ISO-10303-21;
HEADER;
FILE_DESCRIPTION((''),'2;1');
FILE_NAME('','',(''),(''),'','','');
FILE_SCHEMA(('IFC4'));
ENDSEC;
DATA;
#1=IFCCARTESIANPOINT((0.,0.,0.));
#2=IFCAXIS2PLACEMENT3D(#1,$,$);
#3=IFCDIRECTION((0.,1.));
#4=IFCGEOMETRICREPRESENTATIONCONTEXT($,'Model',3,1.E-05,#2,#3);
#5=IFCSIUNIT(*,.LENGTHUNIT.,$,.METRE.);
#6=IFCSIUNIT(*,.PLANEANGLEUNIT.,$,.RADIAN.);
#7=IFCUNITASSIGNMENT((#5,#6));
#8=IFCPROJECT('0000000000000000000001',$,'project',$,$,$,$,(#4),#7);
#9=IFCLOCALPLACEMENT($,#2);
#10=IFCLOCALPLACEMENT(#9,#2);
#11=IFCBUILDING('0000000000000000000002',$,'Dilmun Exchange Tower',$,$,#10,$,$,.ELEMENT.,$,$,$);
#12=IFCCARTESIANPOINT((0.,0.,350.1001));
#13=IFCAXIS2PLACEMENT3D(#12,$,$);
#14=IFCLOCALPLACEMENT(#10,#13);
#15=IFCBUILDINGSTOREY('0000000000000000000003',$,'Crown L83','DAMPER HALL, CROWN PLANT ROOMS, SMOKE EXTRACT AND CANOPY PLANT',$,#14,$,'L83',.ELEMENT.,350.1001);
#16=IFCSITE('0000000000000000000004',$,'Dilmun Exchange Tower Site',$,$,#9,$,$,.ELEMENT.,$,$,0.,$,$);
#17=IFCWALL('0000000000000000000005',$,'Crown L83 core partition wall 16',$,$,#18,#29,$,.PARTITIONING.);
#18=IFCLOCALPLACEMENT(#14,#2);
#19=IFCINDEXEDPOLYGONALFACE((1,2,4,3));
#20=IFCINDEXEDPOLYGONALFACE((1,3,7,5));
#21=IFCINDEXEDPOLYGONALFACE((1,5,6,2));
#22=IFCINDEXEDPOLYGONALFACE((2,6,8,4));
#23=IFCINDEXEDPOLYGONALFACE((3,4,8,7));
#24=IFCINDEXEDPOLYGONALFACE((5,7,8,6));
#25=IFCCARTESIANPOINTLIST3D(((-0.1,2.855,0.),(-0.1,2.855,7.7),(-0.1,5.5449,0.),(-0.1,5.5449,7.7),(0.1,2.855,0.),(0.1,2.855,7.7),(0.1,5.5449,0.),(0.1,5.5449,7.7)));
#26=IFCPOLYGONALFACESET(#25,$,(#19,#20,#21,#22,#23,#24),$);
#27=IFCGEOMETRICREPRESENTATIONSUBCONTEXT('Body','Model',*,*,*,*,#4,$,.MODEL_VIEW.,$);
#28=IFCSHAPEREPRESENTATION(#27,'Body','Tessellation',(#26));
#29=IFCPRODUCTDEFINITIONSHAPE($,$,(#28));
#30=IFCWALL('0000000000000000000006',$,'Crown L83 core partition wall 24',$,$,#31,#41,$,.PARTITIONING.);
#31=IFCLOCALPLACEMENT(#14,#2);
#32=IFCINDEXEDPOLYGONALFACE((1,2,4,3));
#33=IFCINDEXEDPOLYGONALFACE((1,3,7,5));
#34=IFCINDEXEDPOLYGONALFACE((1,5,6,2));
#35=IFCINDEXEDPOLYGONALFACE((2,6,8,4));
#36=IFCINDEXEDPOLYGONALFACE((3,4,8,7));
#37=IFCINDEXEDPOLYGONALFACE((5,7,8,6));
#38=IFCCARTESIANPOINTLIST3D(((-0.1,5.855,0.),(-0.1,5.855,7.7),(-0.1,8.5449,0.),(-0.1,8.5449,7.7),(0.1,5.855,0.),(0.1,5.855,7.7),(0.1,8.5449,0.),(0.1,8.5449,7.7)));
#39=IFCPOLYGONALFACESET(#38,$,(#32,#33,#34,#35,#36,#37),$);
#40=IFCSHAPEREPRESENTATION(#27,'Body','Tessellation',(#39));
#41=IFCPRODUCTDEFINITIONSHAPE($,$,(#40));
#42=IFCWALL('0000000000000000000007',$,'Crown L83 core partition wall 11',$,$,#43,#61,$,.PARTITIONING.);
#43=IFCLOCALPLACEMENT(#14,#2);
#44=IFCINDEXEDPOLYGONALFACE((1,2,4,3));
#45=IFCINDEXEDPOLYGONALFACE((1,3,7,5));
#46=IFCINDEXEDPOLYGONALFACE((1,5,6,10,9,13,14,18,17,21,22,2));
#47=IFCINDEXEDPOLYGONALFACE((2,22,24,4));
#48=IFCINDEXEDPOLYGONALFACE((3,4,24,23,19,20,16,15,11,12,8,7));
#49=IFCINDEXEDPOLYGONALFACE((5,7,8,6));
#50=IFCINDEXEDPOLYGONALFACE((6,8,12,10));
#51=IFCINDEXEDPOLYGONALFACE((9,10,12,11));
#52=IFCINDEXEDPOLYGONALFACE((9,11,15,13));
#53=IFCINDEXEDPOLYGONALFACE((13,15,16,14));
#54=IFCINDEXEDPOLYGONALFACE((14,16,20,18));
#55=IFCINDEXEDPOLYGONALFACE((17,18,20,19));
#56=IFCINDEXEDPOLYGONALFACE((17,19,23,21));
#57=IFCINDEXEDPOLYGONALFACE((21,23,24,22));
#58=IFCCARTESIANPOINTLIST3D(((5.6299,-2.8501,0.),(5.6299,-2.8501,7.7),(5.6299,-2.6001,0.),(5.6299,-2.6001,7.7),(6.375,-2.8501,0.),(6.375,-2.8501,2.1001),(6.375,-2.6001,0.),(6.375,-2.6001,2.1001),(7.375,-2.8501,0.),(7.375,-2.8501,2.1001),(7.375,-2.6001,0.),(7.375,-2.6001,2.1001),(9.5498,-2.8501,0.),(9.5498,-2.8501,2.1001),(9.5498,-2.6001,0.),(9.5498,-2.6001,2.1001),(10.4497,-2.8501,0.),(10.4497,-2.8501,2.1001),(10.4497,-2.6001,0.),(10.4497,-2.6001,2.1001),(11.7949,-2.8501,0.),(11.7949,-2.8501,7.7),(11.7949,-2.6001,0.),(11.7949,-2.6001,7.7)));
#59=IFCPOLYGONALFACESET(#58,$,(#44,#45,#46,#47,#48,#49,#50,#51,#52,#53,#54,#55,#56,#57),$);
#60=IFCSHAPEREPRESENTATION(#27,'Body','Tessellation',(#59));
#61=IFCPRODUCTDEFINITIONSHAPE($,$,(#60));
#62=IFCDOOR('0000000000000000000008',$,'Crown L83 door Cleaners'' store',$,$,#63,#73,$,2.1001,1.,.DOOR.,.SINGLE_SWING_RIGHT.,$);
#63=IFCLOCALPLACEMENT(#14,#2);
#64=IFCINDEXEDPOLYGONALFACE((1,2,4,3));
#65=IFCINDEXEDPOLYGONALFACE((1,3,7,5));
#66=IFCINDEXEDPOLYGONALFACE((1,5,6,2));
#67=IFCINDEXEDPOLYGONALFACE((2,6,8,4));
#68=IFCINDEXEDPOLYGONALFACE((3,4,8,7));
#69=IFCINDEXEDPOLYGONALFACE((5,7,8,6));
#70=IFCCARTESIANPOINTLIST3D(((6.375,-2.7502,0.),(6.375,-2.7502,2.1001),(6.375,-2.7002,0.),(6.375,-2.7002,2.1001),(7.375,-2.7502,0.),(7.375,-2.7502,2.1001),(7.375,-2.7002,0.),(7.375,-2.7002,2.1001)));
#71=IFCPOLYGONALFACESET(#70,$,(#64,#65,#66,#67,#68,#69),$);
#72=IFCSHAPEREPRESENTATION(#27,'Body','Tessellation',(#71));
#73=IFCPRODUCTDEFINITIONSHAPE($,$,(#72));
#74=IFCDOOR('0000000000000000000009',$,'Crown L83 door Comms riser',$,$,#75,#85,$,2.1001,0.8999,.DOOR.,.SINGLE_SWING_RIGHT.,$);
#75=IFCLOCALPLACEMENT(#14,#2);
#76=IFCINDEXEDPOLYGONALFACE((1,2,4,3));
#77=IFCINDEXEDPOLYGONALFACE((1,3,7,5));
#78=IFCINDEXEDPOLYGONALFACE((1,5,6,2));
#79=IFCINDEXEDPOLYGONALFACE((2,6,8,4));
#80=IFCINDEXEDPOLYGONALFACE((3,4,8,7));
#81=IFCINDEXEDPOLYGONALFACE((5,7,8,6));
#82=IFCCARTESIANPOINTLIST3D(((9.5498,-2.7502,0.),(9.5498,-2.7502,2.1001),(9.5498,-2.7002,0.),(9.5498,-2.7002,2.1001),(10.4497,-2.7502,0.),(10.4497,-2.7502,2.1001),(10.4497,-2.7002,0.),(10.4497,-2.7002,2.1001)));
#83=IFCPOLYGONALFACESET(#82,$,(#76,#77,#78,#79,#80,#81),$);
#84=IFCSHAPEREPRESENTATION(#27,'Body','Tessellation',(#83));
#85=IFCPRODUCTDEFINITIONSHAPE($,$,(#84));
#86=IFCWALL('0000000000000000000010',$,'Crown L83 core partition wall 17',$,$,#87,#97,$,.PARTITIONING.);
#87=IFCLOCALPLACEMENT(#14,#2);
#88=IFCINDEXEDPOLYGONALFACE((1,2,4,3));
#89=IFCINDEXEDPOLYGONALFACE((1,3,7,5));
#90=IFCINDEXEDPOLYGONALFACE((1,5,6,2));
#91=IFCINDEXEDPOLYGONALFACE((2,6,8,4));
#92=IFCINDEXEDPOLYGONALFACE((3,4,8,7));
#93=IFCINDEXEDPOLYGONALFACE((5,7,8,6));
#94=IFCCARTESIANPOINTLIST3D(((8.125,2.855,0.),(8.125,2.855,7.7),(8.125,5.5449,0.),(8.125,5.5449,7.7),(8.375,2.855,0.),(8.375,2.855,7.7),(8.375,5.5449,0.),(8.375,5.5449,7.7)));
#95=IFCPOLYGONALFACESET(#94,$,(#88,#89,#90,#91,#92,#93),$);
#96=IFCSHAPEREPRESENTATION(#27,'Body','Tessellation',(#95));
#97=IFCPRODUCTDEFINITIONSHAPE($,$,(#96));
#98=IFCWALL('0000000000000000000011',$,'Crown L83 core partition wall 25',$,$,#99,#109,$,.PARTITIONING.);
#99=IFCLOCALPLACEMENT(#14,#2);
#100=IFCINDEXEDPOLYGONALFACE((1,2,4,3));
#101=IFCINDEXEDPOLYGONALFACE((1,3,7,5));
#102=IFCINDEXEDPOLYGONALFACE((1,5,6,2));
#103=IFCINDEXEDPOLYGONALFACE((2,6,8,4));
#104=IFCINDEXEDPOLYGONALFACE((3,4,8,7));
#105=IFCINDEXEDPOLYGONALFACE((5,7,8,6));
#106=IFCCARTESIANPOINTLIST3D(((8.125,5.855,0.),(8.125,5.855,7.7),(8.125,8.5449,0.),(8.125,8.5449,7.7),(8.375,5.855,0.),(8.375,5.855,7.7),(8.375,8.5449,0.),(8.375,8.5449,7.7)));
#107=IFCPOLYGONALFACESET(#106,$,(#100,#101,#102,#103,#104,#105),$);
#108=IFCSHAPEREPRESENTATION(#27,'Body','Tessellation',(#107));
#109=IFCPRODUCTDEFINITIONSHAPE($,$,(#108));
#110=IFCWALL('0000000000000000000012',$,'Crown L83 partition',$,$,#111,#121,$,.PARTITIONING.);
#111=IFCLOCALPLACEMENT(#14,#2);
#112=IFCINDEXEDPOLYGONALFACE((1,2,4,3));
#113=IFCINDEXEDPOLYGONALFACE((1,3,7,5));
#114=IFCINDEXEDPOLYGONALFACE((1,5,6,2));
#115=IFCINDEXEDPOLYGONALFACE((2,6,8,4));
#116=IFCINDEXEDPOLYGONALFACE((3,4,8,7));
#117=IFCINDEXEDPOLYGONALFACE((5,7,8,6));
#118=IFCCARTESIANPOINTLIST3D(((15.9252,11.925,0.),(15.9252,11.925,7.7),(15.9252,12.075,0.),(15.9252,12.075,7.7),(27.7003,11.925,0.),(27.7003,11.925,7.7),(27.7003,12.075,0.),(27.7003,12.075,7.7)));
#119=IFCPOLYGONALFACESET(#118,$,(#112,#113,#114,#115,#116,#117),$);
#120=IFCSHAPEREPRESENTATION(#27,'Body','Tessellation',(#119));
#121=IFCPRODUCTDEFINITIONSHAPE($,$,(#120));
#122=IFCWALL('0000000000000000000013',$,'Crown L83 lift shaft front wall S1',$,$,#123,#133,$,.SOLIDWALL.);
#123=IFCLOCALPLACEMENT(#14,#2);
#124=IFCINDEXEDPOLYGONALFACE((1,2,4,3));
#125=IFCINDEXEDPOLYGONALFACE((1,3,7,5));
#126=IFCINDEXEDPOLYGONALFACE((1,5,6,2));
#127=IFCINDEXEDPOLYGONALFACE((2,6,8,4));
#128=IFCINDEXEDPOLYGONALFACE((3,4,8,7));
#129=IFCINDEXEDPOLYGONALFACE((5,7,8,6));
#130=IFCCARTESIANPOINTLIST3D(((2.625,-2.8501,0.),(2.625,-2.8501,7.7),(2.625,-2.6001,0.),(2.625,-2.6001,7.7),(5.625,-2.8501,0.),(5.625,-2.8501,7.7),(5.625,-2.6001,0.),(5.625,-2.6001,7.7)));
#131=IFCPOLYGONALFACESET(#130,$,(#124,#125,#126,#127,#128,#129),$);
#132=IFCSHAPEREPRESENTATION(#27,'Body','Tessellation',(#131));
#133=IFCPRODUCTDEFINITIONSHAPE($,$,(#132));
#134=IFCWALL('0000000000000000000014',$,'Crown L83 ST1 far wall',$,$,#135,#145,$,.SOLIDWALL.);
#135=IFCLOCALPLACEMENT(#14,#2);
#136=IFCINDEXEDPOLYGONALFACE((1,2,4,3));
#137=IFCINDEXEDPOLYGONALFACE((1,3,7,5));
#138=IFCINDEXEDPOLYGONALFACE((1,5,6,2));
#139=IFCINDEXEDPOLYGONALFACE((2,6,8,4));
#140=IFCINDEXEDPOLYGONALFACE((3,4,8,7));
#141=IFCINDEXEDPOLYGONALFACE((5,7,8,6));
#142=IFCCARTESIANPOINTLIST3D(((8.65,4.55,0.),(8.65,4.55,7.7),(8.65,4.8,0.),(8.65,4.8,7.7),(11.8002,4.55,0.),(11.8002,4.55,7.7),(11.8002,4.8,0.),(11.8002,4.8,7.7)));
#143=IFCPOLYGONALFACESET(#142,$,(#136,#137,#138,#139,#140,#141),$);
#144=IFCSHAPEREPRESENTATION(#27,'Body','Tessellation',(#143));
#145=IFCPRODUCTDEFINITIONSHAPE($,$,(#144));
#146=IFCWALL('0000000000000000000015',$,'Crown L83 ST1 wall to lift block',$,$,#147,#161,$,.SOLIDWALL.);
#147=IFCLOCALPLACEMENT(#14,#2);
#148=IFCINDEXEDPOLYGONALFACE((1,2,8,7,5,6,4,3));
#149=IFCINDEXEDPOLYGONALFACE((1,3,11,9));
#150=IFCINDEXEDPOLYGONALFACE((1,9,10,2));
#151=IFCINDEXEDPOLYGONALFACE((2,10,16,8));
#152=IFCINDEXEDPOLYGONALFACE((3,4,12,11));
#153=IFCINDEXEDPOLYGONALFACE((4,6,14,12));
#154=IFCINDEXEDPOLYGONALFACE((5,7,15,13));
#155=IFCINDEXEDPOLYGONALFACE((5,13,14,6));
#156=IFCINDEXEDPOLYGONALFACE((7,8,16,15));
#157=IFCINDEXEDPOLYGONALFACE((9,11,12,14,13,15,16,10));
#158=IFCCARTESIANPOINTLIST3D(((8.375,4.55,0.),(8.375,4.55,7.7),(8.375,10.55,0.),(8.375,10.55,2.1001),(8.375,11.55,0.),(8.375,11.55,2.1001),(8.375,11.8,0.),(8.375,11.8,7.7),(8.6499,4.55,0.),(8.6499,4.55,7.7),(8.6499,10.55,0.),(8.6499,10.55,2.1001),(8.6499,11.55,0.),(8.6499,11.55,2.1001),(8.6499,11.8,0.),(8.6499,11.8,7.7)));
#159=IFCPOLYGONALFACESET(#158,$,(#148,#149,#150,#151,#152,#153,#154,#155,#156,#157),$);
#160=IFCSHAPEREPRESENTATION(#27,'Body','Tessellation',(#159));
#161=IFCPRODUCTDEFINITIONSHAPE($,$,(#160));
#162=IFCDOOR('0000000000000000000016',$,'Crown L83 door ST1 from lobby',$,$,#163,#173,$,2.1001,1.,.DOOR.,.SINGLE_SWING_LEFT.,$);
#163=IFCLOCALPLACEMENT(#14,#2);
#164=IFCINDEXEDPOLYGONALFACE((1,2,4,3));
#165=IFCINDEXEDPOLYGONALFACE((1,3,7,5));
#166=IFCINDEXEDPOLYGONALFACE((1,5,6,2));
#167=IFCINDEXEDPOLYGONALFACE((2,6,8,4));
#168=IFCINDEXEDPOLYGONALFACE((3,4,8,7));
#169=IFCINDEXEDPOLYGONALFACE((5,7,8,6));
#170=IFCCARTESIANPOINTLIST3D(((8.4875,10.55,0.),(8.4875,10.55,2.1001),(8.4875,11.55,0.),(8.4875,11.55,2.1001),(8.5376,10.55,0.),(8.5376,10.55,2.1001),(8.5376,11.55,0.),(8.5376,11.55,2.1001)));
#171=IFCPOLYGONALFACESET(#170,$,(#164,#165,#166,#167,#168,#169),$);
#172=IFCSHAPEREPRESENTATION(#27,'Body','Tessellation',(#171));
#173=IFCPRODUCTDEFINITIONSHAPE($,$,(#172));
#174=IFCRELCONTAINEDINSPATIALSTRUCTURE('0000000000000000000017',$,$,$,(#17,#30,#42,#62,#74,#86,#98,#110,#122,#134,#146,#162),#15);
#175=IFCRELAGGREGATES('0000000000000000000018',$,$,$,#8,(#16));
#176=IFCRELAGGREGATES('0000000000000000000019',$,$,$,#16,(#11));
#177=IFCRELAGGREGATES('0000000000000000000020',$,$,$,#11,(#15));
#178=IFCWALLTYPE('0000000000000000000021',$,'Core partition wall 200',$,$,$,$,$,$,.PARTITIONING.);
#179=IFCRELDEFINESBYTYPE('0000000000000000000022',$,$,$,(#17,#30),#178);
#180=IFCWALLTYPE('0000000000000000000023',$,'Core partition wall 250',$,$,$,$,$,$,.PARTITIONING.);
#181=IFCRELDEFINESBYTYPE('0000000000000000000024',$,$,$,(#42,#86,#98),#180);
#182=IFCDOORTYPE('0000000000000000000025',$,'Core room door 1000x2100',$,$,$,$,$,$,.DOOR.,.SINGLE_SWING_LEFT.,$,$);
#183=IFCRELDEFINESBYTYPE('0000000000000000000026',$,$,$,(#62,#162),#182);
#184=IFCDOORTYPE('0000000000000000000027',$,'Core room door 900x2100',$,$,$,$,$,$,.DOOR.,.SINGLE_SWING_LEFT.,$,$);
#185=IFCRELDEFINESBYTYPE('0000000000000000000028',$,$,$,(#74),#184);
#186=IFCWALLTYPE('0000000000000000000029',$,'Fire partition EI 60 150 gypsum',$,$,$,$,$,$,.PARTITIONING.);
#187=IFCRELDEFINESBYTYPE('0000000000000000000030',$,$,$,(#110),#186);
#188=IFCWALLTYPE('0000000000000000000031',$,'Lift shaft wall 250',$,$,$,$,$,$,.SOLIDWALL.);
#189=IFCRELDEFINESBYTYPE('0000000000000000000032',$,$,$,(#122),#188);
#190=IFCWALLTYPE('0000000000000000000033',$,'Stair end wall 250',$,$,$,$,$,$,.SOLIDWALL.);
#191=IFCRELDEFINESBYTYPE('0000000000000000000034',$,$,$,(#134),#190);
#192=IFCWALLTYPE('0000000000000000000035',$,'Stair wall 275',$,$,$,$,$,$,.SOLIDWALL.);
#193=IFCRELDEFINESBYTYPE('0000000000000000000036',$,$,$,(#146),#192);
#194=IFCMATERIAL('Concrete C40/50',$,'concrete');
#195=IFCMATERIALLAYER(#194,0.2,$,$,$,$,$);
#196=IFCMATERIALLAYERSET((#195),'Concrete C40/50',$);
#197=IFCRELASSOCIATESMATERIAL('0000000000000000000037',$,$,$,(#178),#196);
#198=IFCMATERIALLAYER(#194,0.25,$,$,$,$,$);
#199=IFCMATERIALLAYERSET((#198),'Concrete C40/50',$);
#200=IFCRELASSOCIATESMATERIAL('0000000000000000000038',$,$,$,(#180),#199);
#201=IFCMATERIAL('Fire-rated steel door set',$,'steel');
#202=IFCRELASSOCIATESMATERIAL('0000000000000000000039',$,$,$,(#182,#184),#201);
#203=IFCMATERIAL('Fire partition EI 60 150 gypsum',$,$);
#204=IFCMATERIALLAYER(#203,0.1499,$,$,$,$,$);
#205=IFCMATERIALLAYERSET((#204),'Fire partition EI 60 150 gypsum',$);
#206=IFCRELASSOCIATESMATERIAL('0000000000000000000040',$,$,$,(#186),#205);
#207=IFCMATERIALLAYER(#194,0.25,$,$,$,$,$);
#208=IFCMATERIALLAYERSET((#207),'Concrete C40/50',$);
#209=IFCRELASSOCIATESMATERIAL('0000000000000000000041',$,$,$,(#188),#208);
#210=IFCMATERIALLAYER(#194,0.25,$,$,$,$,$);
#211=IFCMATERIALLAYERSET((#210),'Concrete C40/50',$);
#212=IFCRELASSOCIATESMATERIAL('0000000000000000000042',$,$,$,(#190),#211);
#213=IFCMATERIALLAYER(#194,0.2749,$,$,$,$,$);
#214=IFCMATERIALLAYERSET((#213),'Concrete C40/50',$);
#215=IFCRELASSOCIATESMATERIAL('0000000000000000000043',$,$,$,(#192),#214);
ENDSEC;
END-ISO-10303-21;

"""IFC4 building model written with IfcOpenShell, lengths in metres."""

from ifc_helpers import new_model, si_unit, direction, frame, frame_2d, origin, place, context, subcontext, project, spatial, rectangle, extrude, material, layer, layer_set, type_object, element, fill, save


model = new_model("IFC4")

# Units and contexts
model_context = context("Model", 3, precision=1e-05, world=origin(), true_north=direction((0.0, 1.0)))
body_context = subcontext(model_context, "Body", "Model", "MODEL_VIEW")
ifc_project = project(units=[si_unit("LENGTHUNIT", "METRE"), si_unit("PLANEANGLEUNIT", "RADIAN")], contexts=[model_context])

# Site, building, storey
site_placement = place(None, origin())
site = spatial("IfcSite", under=ifc_project, at=site_placement, Name="Dilmun Exchange Tower Site", CompositionType="ELEMENT", RefElevation=0.0)
building_placement = place(site_placement, origin())
building = spatial("IfcBuilding", under=site, at=building_placement, Name="Dilmun Exchange Tower", CompositionType="ELEMENT")
storey_placement = place(building_placement, frame((0.0, 0.0, 350.1001)))
storey = spatial("IfcBuildingStorey", under=building, at=storey_placement, Name="Crown L83", Description="DAMPER HALL, CROWN PLANT ROOMS, SMOKE EXTRACT AND CANOPY PLANT", LongName="L83", CompositionType="ELEMENT", Elevation=350.1001)

# Shared definitions
ifc_material_1 = material(Name="Concrete C40/50", Category="concrete")

# Shared definitions
ifc_layer_1 = layer(ifc_material_1, 0.2)
ifc_layer_set_1 = layer_set([ifc_layer_1], Name="Concrete C40/50")
wall_type_1 = type_object("IfcWallType", Name="Core partition wall 200", PredefinedType="PARTITIONING", material=ifc_layer_set_1)
ifc_material_2 = material(Name="Fire-rated steel door set", Category="steel")

# Walls
for number, where, z_axis, x_axis, name in (
    (1, (0.0, 2.855, 0.0), (0.0, 0.0, 1.0), (0.0, 1.0, 0.0), "Crown L83 core partition wall 16"),
    (2, (0.0, 5.855, 0.0), (0.0, 0.0, 1.0), (0.0, 1.0, 0.0), "Crown L83 core partition wall 24"),
):
    element("IfcWall", number, at=place(storey_placement, frame(where, z_axis=z_axis, x_axis=x_axis)), inside=storey, type_object=wall_type_1, Name=name, PredefinedType="PARTITIONING", context=body_context, shape_type="SweptSolid", body=[
        extrude(rectangle(XDim=2.6899, YDim=0.2, at=frame_2d((1.345, 0.0))), origin(), (0.0, 0.0, 1.0), 7.7),
    ])

# Wall, openings, doors
ifc_layer_2 = layer(ifc_material_1, 0.25)
ifc_layer_set_2 = layer_set([ifc_layer_2], Name="Concrete C40/50")
wall_type_2 = type_object("IfcWallType", Name="Core partition wall 250", PredefinedType="PARTITIONING", material=ifc_layer_set_2)
wall_1_placement = place(storey_placement, frame((5.6299, -2.7251, 0.0), z_axis=(0.0, 0.0, 1.0), x_axis=(1.0, 0.0, 0.0)))
wall_1 = element("IfcWall", 3, at=wall_1_placement, inside=storey, type_object=wall_type_2, Name="Crown L83 core partition wall 11", PredefinedType="PARTITIONING", context=body_context, shape_type="SweptSolid", body=[
    extrude(rectangle(XDim=6.165, YDim=0.25, at=frame_2d((3.0825, 0.0))), origin(), (0.0, 0.0, 1.0), 7.7),
])
opening_1_placement = place(wall_1_placement, frame((0.7451, 0.0, 0.0)))
opening_1 = element("IfcOpeningElement", 4, at=opening_1_placement, cuts=wall_1, PredefinedType="OPENING", context=body_context, shape_type="SweptSolid", body=[
    extrude(rectangle(XDim=1.0, YDim=2.1001, at=frame_2d((0.5, 1.05))), frame((0.0, 0.135, 0.0), z_axis=(0.0, -1.0, 0.0), x_axis=(1.0, 0.0, 0.0)), (0.0, 0.0, 1.0), 0.27),
])
opening_2_placement = place(wall_1_placement, frame((3.9199, 0.0, 0.0)))
opening_2 = element("IfcOpeningElement", 5, at=opening_2_placement, cuts=wall_1, PredefinedType="OPENING", context=body_context, shape_type="SweptSolid", body=[
    extrude(rectangle(XDim=0.8999, YDim=2.1001, at=frame_2d((0.45, 1.05))), frame((0.0, 0.135, 0.0), z_axis=(0.0, -1.0, 0.0), x_axis=(1.0, 0.0, 0.0)), (0.0, 0.0, 1.0), 0.27),
])
door_type_1 = type_object("IfcDoorType", Name="Core room door 1000x2100", OperationType="SINGLE_SWING_LEFT", PredefinedType="DOOR", material=ifc_material_2)
door_1_placement = place(opening_1_placement, origin())
door_1 = element("IfcDoor", 6, at=door_1_placement, inside=storey, type_object=door_type_1, Name="Crown L83 door Cleaners' store", OperationType="SINGLE_SWING_RIGHT", OverallHeight=2.1001, OverallWidth=1.0, PredefinedType="DOOR", context=body_context, shape_type="SweptSolid", body=[
    extrude(rectangle(XDim=1.0, YDim=2.1001, at=frame_2d((0.5, 1.05))), frame((0.0, 0.0249, 0.0), z_axis=(0.0, -1.0, 0.0), x_axis=(1.0, 0.0, 0.0)), (0.0, 0.0, 1.0), 0.05),
])
fill(opening_1, door_1)
door_type_2 = type_object("IfcDoorType", Name="Core room door 900x2100", OperationType="SINGLE_SWING_LEFT", PredefinedType="DOOR", material=ifc_material_2)
door_2_placement = place(opening_2_placement, origin())
door_2 = element("IfcDoor", 7, at=door_2_placement, inside=storey, type_object=door_type_2, Name="Crown L83 door Comms riser", OperationType="SINGLE_SWING_RIGHT", OverallHeight=2.1001, OverallWidth=0.8999, PredefinedType="DOOR", context=body_context, shape_type="SweptSolid", body=[
    extrude(rectangle(XDim=0.8999, YDim=2.1001, at=frame_2d((0.45, 1.05))), frame((0.0, 0.0249, 0.0), z_axis=(0.0, -1.0, 0.0), x_axis=(1.0, 0.0, 0.0)), (0.0, 0.0, 1.0), 0.05),
])
fill(opening_2, door_2)

# Walls
for number, where, z_axis, x_axis, name in (
    (8, (8.25, 2.855, 0.0), (0.0, 0.0, 1.0), (0.0, 1.0, 0.0), "Crown L83 core partition wall 17"),
    (9, (8.25, 5.855, 0.0), (0.0, 0.0, 1.0), (0.0, 1.0, 0.0), "Crown L83 core partition wall 25"),
):
    element("IfcWall", number, at=place(storey_placement, frame(where, z_axis=z_axis, x_axis=x_axis)), inside=storey, type_object=wall_type_2, Name=name, PredefinedType="PARTITIONING", context=body_context, shape_type="SweptSolid", body=[
        extrude(rectangle(XDim=2.6899, YDim=0.25, at=frame_2d((1.345, 0.0))), origin(), (0.0, 0.0, 1.0), 7.7),
    ])
ifc_material_3 = material(Name="Fire partition EI 60 150 gypsum")
ifc_layer_3 = layer(ifc_material_3, 0.1499)
ifc_layer_set_3 = layer_set([ifc_layer_3], Name="Fire partition EI 60 150 gypsum")
wall_type_3 = type_object("IfcWallType", Name="Fire partition EI 60 150 gypsum", PredefinedType="PARTITIONING", material=ifc_layer_set_3)
wall_2_placement = place(storey_placement, frame((15.925, 12.0, 0.0), z_axis=(0.0, 0.0, 1.0), x_axis=(1.0, 0.0, 0.0)))
element("IfcWall", 10, at=wall_2_placement, inside=storey, type_object=wall_type_3, Name="Crown L83 partition", PredefinedType="PARTITIONING", context=body_context, shape_type="SweptSolid", body=[
    extrude(rectangle(XDim=11.7751, YDim=0.1499, at=frame_2d((5.8877, 0.0))), origin(), (0.0, 0.0, 1.0), 7.7),
])
ifc_layer_4 = layer(ifc_material_1, 0.25)
ifc_layer_set_4 = layer_set([ifc_layer_4], Name="Concrete C40/50")
wall_type_4 = type_object("IfcWallType", Name="Lift shaft wall 250", PredefinedType="SOLIDWALL", material=ifc_layer_set_4)
wall_3_placement = place(storey_placement, frame((2.625, -2.7251, 0.0), z_axis=(0.0, 0.0, 1.0), x_axis=(1.0, 0.0, 0.0)))
element("IfcWall", 11, at=wall_3_placement, inside=storey, type_object=wall_type_4, Name="Crown L83 lift shaft front wall S1", PredefinedType="SOLIDWALL", context=body_context, shape_type="SweptSolid", body=[
    extrude(rectangle(XDim=3.0, YDim=0.25, at=frame_2d((1.5, 0.0))), origin(), (0.0, 0.0, 1.0), 7.7),
])
ifc_layer_5 = layer(ifc_material_1, 0.25)
ifc_layer_set_5 = layer_set([ifc_layer_5], Name="Concrete C40/50")
wall_type_5 = type_object("IfcWallType", Name="Stair end wall 250", PredefinedType="SOLIDWALL", material=ifc_layer_set_5)
wall_4_placement = place(storey_placement, frame((8.6499, 4.675, 0.0), z_axis=(0.0, 0.0, 1.0), x_axis=(1.0, 0.0, 0.0)))
element("IfcWall", 12, at=wall_4_placement, inside=storey, type_object=wall_type_5, Name="Crown L83 ST1 far wall", PredefinedType="SOLIDWALL", context=body_context, shape_type="SweptSolid", body=[
    extrude(rectangle(XDim=3.1501, YDim=0.25, at=frame_2d((1.5752, 0.0))), origin(), (0.0, 0.0, 1.0), 7.7),
])

# Wall, opening, door
ifc_layer_6 = layer(ifc_material_1, 0.2749)
ifc_layer_set_6 = layer_set([ifc_layer_6], Name="Concrete C40/50")
wall_type_6 = type_object("IfcWallType", Name="Stair wall 275", PredefinedType="SOLIDWALL", material=ifc_layer_set_6)
wall_5_placement = place(storey_placement, frame((8.5125, 4.55, 0.0), z_axis=(0.0, 0.0, 1.0), x_axis=(0.0, 1.0, 0.0)))
wall_5 = element("IfcWall", 13, at=wall_5_placement, inside=storey, type_object=wall_type_6, Name="Crown L83 ST1 wall to lift block", PredefinedType="SOLIDWALL", context=body_context, shape_type="SweptSolid", body=[
    extrude(rectangle(XDim=7.25, YDim=0.2749, at=frame_2d((3.625, 0.0))), origin(), (0.0, 0.0, 1.0), 7.7),
])
opening_3_placement = place(wall_5_placement, frame((6.0, 0.0, 0.0)))
opening_3 = element("IfcOpeningElement", 14, at=opening_3_placement, cuts=wall_5, PredefinedType="OPENING", context=body_context, shape_type="SweptSolid", body=[
    extrude(rectangle(XDim=1.0, YDim=2.1001, at=frame_2d((0.5, 1.05))), frame((0.0, 0.1475, 0.0), z_axis=(0.0, -1.0, 0.0), x_axis=(1.0, 0.0, 0.0)), (0.0, 0.0, 1.0), 0.2949),
])
door_3_placement = place(opening_3_placement, origin())
door_3 = element("IfcDoor", 15, at=door_3_placement, inside=storey, type_object=door_type_1, Name="Crown L83 door ST1 from lobby", OperationType="SINGLE_SWING_LEFT", OverallHeight=2.1001, OverallWidth=1.0, PredefinedType="DOOR", context=body_context, shape_type="SweptSolid", body=[
    extrude(rectangle(XDim=1.0, YDim=2.1001, at=frame_2d((0.5, 1.05))), frame((0.0, 0.0249, 0.0), z_axis=(0.0, -1.0, 0.0), x_axis=(1.0, 0.0, 0.0)), (0.0, 0.0, 1.0), 0.05),
])
fill(opening_3, door_3)

save(model, "model.ifc")
